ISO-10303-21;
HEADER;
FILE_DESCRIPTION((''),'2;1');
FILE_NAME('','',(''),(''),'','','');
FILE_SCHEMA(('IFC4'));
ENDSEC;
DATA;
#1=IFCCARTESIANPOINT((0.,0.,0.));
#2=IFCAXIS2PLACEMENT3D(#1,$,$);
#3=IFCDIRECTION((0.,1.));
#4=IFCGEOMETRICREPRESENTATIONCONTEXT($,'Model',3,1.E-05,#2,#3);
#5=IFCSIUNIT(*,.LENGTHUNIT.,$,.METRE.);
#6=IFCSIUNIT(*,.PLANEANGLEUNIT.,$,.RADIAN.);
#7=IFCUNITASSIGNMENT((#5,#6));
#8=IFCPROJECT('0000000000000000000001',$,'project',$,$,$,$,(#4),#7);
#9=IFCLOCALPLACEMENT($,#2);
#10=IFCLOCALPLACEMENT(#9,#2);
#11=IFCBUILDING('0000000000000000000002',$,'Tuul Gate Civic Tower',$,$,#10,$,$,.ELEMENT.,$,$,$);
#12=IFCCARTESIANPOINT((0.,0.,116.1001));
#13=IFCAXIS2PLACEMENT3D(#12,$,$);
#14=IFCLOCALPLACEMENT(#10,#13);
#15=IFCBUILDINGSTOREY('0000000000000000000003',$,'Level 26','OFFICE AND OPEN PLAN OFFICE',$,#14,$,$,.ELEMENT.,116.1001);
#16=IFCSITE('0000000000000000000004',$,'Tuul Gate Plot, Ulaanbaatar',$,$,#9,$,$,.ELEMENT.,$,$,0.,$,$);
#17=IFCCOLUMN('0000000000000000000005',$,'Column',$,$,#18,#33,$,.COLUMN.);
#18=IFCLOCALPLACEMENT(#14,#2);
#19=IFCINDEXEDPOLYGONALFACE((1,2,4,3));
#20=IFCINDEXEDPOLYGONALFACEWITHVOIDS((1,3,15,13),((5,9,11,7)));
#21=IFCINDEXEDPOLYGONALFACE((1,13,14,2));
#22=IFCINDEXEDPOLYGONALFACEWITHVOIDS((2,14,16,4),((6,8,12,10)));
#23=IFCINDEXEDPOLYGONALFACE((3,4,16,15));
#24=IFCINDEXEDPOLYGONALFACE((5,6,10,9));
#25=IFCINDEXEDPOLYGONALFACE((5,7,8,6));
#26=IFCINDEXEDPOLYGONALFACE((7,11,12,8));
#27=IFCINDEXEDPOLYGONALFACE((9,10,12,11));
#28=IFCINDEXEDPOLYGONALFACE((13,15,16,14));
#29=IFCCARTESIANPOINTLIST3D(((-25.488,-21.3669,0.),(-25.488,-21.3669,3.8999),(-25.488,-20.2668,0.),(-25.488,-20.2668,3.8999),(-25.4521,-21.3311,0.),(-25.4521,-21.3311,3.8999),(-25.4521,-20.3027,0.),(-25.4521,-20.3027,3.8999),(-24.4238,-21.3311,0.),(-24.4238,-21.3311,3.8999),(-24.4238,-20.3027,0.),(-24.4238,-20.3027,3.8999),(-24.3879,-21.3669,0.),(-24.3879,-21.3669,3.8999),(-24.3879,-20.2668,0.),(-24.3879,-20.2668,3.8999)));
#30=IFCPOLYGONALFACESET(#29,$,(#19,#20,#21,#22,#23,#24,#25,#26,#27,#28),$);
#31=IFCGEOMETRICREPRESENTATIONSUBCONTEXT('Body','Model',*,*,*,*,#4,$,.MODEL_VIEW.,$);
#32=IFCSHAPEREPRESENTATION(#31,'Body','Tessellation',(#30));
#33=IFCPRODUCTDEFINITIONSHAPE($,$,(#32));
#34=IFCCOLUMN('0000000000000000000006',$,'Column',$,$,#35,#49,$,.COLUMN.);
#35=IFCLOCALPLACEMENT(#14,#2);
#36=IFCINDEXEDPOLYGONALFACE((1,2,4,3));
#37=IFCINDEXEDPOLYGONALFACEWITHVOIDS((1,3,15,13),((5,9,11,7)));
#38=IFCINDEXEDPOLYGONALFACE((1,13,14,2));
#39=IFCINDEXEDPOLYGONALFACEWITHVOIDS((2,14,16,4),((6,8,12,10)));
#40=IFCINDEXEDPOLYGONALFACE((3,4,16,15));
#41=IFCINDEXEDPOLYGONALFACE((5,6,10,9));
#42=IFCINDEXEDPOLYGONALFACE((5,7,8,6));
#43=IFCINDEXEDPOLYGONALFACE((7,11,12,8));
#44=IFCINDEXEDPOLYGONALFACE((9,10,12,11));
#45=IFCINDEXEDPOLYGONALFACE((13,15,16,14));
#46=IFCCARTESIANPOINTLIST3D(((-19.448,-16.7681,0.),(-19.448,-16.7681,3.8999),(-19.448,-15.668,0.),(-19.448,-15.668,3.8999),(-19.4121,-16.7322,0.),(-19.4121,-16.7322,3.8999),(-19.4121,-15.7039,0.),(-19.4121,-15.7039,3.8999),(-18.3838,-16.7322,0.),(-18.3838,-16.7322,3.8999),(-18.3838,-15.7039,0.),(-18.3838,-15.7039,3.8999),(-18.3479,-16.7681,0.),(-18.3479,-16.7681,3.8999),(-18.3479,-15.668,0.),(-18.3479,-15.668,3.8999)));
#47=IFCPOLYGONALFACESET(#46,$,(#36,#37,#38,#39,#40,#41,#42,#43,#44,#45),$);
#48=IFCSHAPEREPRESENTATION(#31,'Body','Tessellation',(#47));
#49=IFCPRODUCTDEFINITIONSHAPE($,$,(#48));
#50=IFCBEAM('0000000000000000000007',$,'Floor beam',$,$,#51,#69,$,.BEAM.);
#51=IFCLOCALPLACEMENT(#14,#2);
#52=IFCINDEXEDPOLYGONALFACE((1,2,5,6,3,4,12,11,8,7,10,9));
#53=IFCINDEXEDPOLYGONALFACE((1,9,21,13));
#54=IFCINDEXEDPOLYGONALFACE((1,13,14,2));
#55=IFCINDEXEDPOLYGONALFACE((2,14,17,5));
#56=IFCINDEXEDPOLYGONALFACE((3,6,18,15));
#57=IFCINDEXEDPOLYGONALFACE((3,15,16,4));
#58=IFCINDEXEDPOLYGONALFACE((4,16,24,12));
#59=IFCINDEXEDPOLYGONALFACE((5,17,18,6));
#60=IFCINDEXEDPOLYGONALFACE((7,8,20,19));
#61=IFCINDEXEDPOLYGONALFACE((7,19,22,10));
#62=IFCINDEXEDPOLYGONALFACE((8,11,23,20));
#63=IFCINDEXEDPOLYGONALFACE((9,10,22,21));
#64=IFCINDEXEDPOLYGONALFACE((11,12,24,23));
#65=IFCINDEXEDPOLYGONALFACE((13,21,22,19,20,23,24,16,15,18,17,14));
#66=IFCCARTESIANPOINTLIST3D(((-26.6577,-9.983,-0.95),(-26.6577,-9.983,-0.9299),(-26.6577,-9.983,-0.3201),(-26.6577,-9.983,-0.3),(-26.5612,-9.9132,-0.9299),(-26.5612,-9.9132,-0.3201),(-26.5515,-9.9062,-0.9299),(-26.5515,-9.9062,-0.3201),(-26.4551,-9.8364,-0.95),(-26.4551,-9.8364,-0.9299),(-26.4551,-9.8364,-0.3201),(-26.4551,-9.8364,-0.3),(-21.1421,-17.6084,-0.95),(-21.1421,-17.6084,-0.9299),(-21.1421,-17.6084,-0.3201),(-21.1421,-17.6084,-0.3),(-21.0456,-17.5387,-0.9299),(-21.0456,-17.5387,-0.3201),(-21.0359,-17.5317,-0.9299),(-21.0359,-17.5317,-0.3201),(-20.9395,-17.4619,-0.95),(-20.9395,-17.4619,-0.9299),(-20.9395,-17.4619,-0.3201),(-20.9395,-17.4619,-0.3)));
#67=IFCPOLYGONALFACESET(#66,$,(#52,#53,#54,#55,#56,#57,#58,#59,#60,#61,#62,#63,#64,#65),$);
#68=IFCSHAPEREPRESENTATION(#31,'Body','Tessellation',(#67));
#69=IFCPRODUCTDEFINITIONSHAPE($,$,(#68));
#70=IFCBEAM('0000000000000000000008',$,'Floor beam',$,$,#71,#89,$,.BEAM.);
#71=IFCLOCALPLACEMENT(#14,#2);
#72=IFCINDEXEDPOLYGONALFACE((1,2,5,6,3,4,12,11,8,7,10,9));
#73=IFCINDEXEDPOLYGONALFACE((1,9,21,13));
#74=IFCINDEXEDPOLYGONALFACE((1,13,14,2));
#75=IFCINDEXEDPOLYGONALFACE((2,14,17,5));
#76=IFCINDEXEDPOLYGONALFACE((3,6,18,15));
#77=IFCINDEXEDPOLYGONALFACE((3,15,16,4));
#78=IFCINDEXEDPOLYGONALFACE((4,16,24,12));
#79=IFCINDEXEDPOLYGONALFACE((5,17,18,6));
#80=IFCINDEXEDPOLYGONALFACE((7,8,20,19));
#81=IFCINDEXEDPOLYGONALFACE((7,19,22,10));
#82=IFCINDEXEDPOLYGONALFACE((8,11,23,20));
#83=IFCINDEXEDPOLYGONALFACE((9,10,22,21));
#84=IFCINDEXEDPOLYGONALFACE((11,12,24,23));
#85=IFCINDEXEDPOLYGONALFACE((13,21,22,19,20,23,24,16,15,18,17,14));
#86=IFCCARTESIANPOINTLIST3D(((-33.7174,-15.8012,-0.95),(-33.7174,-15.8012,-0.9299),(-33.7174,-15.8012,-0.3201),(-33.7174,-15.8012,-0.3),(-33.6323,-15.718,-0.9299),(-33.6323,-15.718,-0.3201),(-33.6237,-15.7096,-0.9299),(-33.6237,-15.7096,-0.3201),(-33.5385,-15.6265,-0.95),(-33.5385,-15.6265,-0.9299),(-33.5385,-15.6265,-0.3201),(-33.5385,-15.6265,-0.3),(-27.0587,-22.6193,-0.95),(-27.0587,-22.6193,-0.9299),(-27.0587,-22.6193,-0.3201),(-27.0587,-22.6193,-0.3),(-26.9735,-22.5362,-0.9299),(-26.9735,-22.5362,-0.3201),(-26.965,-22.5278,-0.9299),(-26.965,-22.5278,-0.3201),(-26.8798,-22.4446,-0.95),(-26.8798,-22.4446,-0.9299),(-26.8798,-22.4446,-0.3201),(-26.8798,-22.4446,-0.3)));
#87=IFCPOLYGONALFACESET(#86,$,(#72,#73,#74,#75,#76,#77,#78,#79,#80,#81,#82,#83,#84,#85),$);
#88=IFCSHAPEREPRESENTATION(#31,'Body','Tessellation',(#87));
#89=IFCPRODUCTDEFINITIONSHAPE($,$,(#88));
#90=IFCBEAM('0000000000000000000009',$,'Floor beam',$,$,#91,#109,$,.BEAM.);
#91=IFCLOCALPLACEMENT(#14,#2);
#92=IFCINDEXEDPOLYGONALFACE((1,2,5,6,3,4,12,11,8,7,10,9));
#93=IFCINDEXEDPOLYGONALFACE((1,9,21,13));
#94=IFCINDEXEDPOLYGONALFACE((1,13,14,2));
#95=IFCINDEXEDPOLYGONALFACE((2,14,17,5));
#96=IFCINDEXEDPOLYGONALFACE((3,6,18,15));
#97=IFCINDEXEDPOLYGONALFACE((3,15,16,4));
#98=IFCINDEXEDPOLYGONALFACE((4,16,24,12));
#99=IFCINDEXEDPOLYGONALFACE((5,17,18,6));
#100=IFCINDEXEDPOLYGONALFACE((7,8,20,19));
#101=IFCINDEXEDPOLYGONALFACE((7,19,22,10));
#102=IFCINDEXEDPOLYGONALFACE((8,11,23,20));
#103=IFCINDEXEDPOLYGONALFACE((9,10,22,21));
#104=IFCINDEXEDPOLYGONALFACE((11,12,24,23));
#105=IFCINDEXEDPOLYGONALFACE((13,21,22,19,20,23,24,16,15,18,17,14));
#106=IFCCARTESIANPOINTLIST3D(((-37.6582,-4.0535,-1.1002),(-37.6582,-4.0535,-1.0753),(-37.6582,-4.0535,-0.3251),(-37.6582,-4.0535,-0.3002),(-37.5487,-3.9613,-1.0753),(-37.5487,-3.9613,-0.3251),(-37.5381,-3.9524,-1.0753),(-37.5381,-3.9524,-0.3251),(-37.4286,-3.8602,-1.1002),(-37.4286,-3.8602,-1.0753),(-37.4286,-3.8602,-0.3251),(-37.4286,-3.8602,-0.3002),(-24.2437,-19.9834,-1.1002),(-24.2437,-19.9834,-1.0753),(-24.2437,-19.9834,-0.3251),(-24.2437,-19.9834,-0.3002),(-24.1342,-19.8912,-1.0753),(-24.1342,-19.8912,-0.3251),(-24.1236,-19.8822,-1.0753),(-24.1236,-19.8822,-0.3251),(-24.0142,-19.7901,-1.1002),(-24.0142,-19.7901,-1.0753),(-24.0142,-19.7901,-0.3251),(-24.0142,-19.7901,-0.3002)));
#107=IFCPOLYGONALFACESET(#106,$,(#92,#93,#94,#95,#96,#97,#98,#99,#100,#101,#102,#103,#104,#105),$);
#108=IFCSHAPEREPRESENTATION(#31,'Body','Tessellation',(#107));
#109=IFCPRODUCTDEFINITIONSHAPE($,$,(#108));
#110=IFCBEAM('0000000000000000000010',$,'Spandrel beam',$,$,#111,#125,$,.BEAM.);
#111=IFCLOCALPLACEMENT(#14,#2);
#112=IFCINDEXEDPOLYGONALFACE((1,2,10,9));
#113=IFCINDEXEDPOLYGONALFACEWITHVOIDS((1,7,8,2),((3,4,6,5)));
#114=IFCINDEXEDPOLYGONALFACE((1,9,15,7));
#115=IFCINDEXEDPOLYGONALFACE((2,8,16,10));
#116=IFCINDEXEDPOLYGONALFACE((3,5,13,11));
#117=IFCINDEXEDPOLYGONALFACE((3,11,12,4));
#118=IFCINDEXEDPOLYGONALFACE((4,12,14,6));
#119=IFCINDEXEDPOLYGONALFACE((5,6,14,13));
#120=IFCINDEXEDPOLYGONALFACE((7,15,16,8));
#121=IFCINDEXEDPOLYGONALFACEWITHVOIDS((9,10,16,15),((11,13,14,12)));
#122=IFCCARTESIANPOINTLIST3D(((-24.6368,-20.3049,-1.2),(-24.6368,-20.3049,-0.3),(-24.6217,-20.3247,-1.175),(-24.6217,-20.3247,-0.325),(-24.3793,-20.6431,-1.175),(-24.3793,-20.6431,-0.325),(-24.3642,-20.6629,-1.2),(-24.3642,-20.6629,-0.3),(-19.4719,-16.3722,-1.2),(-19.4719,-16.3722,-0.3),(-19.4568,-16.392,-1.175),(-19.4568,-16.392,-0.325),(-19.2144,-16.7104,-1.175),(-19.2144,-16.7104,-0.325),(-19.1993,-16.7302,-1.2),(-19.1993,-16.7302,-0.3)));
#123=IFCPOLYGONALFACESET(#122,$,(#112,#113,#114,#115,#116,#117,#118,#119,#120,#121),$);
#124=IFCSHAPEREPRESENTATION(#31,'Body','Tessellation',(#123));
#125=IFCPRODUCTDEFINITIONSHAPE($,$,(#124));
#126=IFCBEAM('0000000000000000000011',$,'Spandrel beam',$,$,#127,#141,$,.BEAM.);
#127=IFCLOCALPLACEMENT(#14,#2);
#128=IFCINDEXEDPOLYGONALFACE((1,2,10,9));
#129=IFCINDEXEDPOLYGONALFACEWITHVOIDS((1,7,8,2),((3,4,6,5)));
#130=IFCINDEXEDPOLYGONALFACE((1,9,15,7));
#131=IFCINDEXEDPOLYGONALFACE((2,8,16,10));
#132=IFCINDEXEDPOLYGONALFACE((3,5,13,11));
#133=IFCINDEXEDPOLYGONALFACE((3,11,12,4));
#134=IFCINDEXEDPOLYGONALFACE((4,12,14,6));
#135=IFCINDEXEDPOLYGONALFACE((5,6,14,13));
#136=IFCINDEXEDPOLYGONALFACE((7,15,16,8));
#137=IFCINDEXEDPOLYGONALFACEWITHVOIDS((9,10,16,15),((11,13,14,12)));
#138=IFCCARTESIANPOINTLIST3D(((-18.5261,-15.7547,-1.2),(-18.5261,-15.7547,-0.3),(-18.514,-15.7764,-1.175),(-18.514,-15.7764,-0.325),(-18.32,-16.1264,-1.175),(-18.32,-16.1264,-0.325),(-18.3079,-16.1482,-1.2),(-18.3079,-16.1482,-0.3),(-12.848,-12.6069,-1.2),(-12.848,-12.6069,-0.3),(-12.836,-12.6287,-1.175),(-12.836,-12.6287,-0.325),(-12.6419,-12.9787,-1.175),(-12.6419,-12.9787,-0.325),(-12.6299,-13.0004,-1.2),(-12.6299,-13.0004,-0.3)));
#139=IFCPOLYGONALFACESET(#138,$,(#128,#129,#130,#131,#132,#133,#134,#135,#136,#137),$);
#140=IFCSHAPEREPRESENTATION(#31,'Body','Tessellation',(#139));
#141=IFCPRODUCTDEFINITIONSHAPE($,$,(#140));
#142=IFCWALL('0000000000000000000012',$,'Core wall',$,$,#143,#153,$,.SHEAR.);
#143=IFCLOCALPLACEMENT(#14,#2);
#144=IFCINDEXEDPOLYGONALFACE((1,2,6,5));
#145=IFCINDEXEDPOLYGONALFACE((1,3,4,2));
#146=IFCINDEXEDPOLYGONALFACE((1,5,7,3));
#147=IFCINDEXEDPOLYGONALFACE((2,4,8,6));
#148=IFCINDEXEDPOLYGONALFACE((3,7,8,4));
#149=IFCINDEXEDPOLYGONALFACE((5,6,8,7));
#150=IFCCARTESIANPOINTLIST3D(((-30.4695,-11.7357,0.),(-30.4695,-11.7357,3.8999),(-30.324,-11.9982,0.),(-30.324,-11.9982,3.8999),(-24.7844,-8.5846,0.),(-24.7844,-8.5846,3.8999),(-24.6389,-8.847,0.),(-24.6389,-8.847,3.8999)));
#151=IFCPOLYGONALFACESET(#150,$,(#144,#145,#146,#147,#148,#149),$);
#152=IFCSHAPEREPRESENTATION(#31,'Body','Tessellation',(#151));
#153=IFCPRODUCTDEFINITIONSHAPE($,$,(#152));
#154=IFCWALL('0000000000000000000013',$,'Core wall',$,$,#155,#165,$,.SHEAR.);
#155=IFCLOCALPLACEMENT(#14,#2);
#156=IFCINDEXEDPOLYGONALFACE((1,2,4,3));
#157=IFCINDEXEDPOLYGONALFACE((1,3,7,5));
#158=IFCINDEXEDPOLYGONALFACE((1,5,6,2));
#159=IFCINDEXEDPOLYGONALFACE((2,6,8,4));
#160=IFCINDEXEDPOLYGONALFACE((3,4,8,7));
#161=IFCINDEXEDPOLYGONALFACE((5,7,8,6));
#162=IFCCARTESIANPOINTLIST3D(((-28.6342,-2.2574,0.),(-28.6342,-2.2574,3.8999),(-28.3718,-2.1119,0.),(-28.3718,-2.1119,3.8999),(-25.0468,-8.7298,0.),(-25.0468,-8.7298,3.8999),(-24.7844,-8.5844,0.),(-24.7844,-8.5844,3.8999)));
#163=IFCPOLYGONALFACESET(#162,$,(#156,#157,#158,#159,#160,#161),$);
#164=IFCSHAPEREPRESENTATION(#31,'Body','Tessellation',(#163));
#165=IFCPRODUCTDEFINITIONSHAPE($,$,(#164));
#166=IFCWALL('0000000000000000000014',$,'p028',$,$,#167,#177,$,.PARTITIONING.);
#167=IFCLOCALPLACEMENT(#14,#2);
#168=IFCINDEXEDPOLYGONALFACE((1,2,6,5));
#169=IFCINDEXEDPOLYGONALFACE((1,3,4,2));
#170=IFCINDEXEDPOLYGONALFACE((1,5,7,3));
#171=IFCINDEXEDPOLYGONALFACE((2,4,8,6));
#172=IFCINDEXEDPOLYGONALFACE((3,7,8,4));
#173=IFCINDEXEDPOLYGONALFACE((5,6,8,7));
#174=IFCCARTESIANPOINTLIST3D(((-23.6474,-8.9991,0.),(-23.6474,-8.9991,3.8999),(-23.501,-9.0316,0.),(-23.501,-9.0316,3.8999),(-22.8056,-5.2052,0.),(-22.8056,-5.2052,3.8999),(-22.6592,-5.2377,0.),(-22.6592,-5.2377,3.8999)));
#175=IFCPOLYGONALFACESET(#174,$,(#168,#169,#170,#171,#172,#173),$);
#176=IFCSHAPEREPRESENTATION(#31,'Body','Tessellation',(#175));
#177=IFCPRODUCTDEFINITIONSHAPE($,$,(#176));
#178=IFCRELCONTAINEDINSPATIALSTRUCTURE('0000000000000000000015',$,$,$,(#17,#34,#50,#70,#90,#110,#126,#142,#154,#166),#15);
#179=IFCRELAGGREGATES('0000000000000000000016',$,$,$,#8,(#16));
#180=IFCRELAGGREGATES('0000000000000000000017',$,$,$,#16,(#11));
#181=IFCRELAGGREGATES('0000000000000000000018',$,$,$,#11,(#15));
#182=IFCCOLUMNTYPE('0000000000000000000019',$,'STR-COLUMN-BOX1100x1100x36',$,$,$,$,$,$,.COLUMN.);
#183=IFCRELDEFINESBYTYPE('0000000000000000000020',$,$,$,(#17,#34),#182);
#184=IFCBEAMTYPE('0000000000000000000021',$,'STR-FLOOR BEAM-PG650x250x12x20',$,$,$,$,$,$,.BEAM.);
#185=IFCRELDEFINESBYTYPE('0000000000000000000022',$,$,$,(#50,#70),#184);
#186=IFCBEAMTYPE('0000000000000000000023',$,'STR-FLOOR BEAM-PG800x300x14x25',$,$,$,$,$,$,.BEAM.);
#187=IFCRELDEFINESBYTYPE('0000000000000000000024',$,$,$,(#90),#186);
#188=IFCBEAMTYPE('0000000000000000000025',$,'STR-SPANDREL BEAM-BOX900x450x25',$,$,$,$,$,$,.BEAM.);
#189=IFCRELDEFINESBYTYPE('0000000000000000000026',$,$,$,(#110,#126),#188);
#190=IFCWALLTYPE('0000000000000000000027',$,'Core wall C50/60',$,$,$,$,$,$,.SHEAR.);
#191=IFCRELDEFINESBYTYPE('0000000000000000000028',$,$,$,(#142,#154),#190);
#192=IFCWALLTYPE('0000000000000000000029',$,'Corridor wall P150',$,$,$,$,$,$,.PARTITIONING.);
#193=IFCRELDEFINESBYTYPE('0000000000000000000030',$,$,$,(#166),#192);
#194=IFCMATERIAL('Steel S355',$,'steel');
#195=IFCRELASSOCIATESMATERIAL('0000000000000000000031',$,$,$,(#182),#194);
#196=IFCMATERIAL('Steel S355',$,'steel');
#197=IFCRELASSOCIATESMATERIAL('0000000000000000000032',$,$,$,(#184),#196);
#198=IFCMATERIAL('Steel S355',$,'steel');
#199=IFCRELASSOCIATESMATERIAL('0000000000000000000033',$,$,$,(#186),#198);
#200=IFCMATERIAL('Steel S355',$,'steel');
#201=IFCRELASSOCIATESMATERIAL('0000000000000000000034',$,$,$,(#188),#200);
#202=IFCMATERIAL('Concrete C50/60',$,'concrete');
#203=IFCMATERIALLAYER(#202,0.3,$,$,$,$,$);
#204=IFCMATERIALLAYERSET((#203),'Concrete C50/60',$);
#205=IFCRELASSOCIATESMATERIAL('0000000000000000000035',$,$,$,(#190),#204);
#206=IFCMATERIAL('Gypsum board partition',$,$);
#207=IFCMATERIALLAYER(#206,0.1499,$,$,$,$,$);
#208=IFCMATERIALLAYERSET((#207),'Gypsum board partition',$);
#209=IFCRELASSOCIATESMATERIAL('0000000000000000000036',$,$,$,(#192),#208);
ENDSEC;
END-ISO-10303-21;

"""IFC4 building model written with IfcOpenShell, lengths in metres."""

from ifc_helpers import new_model, si_unit, direction, frame, frame_2d, origin, origin_2d, place, context, subcontext, project, spatial, rectangle, hollow_rectangle, i_section, extrude, material, layer, layer_set, material_profile, profile_set, type_object, element, save


model = new_model("IFC4")

# Units and contexts
model_context = context("Model", 3, precision=1e-05, world=origin(), true_north=direction((0.0, 1.0)))
body_context = subcontext(model_context, "Body", "Model", "MODEL_VIEW")
ifc_project = project(units=[si_unit("LENGTHUNIT", "METRE"), si_unit("PLANEANGLEUNIT", "RADIAN")], contexts=[model_context])

# Site, building, storey
site_placement = place(None, origin())
site = spatial("IfcSite", under=ifc_project, at=site_placement, Name="Tuul Gate Plot, Ulaanbaatar", CompositionType="ELEMENT", RefElevation=0.0)
building_placement = place(site_placement, origin())
building = spatial("IfcBuilding", under=site, at=building_placement, Name="Tuul Gate Civic Tower", CompositionType="ELEMENT")
storey_placement = place(building_placement, frame((0.0, 0.0, 116.1001)))
storey = spatial("IfcBuildingStorey", under=building, at=storey_placement, Name="Level 26", Description="OFFICE AND OPEN PLAN OFFICE", CompositionType="ELEMENT", Elevation=116.1001)

# Columns
ifc_material_1 = material(Name="Steel S355", Category="steel")
ifc_material_profile_1 = material_profile(ifc_material_1, hollow_rectangle(XDim=1.1001, YDim=1.1001, WallThickness=0.0359, at=origin_2d()), Name="BOX1100x1100x36")
ifc_profile_set_1 = profile_set([ifc_material_profile_1], Name="Steel S355")
column_type = type_object("IfcColumnType", Name="STR-COLUMN-BOX1100x1100x36", PredefinedType="COLUMN", material=ifc_profile_set_1)
for number, where, z_axis, x_axis, name in (
    (1, (-24.938, -20.8169, 0.0), (0.0, 0.0, 1.0), (1.0, 0.0, 0.0), "Column"),
    (2, (-18.8979, -16.218, 0.0), (0.0, 0.0, 1.0), (1.0, 0.0, 0.0), "Column"),
):
    element("IfcColumn", number, at=place(storey_placement, frame(where, z_axis=z_axis, x_axis=x_axis)), inside=storey, type_object=column_type, Name=name, PredefinedType="COLUMN", context=body_context, shape_type="SweptSolid", body=[
        extrude(hollow_rectangle(XDim=1.1001, YDim=1.1001, WallThickness=0.0359, at=origin_2d()), origin(), (0.0, 0.0, 1.0), 3.8999),
    ])

# Beams
ifc_material_2 = material(Name="Steel S355", Category="steel")
ifc_material_profile_2 = material_profile(ifc_material_2, i_section(OverallWidth=0.25, OverallDepth=0.6499, WebThickness=0.012, FlangeThickness=0.02, at=origin_2d()), Name="PG650x250x12x20")
ifc_profile_set_2 = profile_set([ifc_material_profile_2], Name="Steel S355")
beam_type_1 = type_object("IfcBeamType", Name="STR-FLOOR BEAM-PG650x250x12x20", PredefinedType="BEAM", material=ifc_profile_set_2)
beam_1_placement = place(storey_placement, frame((-21.0408, -17.5352, -0.625), z_axis=(-0.586072, 0.810259, 0.0), x_axis=(-0.810259, -0.586072, 0.0)))
element("IfcBeam", 3, at=beam_1_placement, inside=storey, type_object=beam_type_1, Name="Floor beam", PredefinedType="BEAM", context=body_context, shape_type="SweptSolid", body=[
    extrude(i_section(OverallWidth=0.25, OverallDepth=0.6499, WebThickness=0.012, FlangeThickness=0.02, at=origin_2d()), origin(), (0.0, 0.0, 1.0), 9.4111),
])
beam_2_placement = place(storey_placement, frame((-26.9692, -22.532, -0.625), z_axis=(-0.698693, 0.715421, 0.0), x_axis=(-0.715421, -0.698693, 0.0)))
element("IfcBeam", 4, at=beam_2_placement, inside=storey, type_object=beam_type_1, Name="Floor beam", PredefinedType="BEAM", context=body_context, shape_type="SweptSolid", body=[
    extrude(i_section(OverallWidth=0.25, OverallDepth=0.6499, WebThickness=0.012, FlangeThickness=0.02, at=origin_2d()), origin(), (0.0, 0.0, 1.0), 9.5303),
])
ifc_material_3 = material(Name="Steel S355", Category="steel")
ifc_material_profile_3 = material_profile(ifc_material_3, i_section(OverallWidth=0.3, OverallDepth=0.8, WebThickness=0.0139, FlangeThickness=0.0249, at=origin_2d()), Name="PG800x300x14x25")
ifc_profile_set_3 = profile_set([ifc_material_profile_3], Name="Steel S355")
beam_type_2 = type_object("IfcBeamType", Name="STR-FLOOR BEAM-PG800x300x14x25", PredefinedType="BEAM", material=ifc_profile_set_3)
beam_3_placement = place(storey_placement, frame((-24.1289, -19.8867, -0.7002), z_axis=(-0.644132, 0.764914, 0.0), x_axis=(-0.764914, -0.644132, 0.0)))
element("IfcBeam", 5, at=beam_3_placement, inside=storey, type_object=beam_type_2, Name="Floor beam", PredefinedType="BEAM", context=body_context, shape_type="SweptSolid", body=[
    extrude(i_section(OverallWidth=0.3, OverallDepth=0.8, WebThickness=0.0139, FlangeThickness=0.0249, at=origin_2d()), origin(), (0.0, 0.0, 1.0), 20.8257),
])
ifc_material_4 = material(Name="Steel S355", Category="steel")
ifc_material_profile_4 = material_profile(ifc_material_4, hollow_rectangle(XDim=0.45, YDim=0.8999, WallThickness=0.0249, at=origin_2d()), Name="BOX900x450x25")
ifc_profile_set_4 = profile_set([ifc_material_profile_4], Name="Steel S355")
beam_type_3 = type_object("IfcBeamType", Name="STR-SPANDREL BEAM-BOX900x450x25", PredefinedType="BEAM", material=ifc_profile_set_4)
beam_4_placement = place(storey_placement, frame((-24.5005, -20.4839, -0.75), z_axis=(0.795615, 0.605803, 0.0), x_axis=(-0.605803, 0.795615, 0.0)))
element("IfcBeam", 6, at=beam_4_placement, inside=storey, type_object=beam_type_3, Name="Spandrel beam", PredefinedType="BEAM", context=body_context, shape_type="SweptSolid", body=[
    extrude(hollow_rectangle(XDim=0.45, YDim=0.8999, WallThickness=0.0249, at=origin_2d()), origin(), (0.0, 0.0, 1.0), 6.4917),
])
beam_5_placement = place(storey_placement, frame((-18.417, -15.9514, -0.75), z_axis=(0.874597, 0.484851, 0.0), x_axis=(-0.484851, 0.874597, 0.0)))
element("IfcBeam", 7, at=beam_5_placement, inside=storey, type_object=beam_type_3, Name="Spandrel beam", PredefinedType="BEAM", context=body_context, shape_type="SweptSolid", body=[
    extrude(hollow_rectangle(XDim=0.45, YDim=0.8999, WallThickness=0.0249, at=origin_2d()), origin(), (0.0, 0.0, 1.0), 6.4922),
])

# Walls
ifc_material_5 = material(Name="Concrete C50/60", Category="concrete")
ifc_layer_1 = layer(ifc_material_5, 0.3)
ifc_layer_set_1 = layer_set([ifc_layer_1], Name="Concrete C50/60")
wall_type_1 = type_object("IfcWallType", Name="Core wall C50/60", PredefinedType="SHEAR", material=ifc_layer_set_1)
wall_1_placement = place(storey_placement, frame((-24.7117, -8.7158, 0.0), z_axis=(0.0, 0.0, 1.0), x_axis=(-0.87463, -0.484791, 0.0)))
element("IfcWall", 8, at=wall_1_placement, inside=storey, type_object=wall_type_1, Name="Core wall", PredefinedType="SHEAR", context=body_context, shape_type="SweptSolid", body=[
    extrude(rectangle(XDim=6.5, YDim=0.3, at=frame_2d((3.25, 0.0))), origin(), (0.0, 0.0, 1.0), 3.8999),
])
wall_2_placement = place(storey_placement, frame((-24.9155, -8.6572, 0.0), z_axis=(0.0, 0.0, 1.0), x_axis=(-0.484777, 0.874638, 0.0)))
element("IfcWall", 9, at=wall_2_placement, inside=storey, type_object=wall_type_1, Name="Core wall", PredefinedType="SHEAR", context=body_context, shape_type="SweptSolid", body=[
    extrude(rectangle(XDim=7.4001, YDim=0.3, at=frame_2d((3.7002, 0.0))), origin(), (0.0, 0.0, 1.0), 3.8999),
])
ifc_material_6 = material(Name="Gypsum board partition")
ifc_layer_2 = layer(ifc_material_6, 0.1499)
ifc_layer_set_2 = layer_set([ifc_layer_2], Name="Gypsum board partition")
wall_type_2 = type_object("IfcWallType", Name="Corridor wall P150", PredefinedType="PARTITIONING", material=ifc_layer_set_2)
wall_3_placement = place(storey_placement, frame((-23.5742, -9.0154, 0.0), z_axis=(0.0, 0.0, 1.0), x_axis=(0.216611, 0.976258, 0.0)))
element("IfcWall", 10, at=wall_3_placement, inside=storey, type_object=wall_type_2, Name="p028", PredefinedType="PARTITIONING", context=body_context, shape_type="SweptSolid", body=[
    extrude(rectangle(XDim=3.8862, YDim=0.1499, at=frame_2d((1.9431, 0.0))), origin(), (0.0, 0.0, 1.0), 3.8999),
])

save(model, "model.ifc")
